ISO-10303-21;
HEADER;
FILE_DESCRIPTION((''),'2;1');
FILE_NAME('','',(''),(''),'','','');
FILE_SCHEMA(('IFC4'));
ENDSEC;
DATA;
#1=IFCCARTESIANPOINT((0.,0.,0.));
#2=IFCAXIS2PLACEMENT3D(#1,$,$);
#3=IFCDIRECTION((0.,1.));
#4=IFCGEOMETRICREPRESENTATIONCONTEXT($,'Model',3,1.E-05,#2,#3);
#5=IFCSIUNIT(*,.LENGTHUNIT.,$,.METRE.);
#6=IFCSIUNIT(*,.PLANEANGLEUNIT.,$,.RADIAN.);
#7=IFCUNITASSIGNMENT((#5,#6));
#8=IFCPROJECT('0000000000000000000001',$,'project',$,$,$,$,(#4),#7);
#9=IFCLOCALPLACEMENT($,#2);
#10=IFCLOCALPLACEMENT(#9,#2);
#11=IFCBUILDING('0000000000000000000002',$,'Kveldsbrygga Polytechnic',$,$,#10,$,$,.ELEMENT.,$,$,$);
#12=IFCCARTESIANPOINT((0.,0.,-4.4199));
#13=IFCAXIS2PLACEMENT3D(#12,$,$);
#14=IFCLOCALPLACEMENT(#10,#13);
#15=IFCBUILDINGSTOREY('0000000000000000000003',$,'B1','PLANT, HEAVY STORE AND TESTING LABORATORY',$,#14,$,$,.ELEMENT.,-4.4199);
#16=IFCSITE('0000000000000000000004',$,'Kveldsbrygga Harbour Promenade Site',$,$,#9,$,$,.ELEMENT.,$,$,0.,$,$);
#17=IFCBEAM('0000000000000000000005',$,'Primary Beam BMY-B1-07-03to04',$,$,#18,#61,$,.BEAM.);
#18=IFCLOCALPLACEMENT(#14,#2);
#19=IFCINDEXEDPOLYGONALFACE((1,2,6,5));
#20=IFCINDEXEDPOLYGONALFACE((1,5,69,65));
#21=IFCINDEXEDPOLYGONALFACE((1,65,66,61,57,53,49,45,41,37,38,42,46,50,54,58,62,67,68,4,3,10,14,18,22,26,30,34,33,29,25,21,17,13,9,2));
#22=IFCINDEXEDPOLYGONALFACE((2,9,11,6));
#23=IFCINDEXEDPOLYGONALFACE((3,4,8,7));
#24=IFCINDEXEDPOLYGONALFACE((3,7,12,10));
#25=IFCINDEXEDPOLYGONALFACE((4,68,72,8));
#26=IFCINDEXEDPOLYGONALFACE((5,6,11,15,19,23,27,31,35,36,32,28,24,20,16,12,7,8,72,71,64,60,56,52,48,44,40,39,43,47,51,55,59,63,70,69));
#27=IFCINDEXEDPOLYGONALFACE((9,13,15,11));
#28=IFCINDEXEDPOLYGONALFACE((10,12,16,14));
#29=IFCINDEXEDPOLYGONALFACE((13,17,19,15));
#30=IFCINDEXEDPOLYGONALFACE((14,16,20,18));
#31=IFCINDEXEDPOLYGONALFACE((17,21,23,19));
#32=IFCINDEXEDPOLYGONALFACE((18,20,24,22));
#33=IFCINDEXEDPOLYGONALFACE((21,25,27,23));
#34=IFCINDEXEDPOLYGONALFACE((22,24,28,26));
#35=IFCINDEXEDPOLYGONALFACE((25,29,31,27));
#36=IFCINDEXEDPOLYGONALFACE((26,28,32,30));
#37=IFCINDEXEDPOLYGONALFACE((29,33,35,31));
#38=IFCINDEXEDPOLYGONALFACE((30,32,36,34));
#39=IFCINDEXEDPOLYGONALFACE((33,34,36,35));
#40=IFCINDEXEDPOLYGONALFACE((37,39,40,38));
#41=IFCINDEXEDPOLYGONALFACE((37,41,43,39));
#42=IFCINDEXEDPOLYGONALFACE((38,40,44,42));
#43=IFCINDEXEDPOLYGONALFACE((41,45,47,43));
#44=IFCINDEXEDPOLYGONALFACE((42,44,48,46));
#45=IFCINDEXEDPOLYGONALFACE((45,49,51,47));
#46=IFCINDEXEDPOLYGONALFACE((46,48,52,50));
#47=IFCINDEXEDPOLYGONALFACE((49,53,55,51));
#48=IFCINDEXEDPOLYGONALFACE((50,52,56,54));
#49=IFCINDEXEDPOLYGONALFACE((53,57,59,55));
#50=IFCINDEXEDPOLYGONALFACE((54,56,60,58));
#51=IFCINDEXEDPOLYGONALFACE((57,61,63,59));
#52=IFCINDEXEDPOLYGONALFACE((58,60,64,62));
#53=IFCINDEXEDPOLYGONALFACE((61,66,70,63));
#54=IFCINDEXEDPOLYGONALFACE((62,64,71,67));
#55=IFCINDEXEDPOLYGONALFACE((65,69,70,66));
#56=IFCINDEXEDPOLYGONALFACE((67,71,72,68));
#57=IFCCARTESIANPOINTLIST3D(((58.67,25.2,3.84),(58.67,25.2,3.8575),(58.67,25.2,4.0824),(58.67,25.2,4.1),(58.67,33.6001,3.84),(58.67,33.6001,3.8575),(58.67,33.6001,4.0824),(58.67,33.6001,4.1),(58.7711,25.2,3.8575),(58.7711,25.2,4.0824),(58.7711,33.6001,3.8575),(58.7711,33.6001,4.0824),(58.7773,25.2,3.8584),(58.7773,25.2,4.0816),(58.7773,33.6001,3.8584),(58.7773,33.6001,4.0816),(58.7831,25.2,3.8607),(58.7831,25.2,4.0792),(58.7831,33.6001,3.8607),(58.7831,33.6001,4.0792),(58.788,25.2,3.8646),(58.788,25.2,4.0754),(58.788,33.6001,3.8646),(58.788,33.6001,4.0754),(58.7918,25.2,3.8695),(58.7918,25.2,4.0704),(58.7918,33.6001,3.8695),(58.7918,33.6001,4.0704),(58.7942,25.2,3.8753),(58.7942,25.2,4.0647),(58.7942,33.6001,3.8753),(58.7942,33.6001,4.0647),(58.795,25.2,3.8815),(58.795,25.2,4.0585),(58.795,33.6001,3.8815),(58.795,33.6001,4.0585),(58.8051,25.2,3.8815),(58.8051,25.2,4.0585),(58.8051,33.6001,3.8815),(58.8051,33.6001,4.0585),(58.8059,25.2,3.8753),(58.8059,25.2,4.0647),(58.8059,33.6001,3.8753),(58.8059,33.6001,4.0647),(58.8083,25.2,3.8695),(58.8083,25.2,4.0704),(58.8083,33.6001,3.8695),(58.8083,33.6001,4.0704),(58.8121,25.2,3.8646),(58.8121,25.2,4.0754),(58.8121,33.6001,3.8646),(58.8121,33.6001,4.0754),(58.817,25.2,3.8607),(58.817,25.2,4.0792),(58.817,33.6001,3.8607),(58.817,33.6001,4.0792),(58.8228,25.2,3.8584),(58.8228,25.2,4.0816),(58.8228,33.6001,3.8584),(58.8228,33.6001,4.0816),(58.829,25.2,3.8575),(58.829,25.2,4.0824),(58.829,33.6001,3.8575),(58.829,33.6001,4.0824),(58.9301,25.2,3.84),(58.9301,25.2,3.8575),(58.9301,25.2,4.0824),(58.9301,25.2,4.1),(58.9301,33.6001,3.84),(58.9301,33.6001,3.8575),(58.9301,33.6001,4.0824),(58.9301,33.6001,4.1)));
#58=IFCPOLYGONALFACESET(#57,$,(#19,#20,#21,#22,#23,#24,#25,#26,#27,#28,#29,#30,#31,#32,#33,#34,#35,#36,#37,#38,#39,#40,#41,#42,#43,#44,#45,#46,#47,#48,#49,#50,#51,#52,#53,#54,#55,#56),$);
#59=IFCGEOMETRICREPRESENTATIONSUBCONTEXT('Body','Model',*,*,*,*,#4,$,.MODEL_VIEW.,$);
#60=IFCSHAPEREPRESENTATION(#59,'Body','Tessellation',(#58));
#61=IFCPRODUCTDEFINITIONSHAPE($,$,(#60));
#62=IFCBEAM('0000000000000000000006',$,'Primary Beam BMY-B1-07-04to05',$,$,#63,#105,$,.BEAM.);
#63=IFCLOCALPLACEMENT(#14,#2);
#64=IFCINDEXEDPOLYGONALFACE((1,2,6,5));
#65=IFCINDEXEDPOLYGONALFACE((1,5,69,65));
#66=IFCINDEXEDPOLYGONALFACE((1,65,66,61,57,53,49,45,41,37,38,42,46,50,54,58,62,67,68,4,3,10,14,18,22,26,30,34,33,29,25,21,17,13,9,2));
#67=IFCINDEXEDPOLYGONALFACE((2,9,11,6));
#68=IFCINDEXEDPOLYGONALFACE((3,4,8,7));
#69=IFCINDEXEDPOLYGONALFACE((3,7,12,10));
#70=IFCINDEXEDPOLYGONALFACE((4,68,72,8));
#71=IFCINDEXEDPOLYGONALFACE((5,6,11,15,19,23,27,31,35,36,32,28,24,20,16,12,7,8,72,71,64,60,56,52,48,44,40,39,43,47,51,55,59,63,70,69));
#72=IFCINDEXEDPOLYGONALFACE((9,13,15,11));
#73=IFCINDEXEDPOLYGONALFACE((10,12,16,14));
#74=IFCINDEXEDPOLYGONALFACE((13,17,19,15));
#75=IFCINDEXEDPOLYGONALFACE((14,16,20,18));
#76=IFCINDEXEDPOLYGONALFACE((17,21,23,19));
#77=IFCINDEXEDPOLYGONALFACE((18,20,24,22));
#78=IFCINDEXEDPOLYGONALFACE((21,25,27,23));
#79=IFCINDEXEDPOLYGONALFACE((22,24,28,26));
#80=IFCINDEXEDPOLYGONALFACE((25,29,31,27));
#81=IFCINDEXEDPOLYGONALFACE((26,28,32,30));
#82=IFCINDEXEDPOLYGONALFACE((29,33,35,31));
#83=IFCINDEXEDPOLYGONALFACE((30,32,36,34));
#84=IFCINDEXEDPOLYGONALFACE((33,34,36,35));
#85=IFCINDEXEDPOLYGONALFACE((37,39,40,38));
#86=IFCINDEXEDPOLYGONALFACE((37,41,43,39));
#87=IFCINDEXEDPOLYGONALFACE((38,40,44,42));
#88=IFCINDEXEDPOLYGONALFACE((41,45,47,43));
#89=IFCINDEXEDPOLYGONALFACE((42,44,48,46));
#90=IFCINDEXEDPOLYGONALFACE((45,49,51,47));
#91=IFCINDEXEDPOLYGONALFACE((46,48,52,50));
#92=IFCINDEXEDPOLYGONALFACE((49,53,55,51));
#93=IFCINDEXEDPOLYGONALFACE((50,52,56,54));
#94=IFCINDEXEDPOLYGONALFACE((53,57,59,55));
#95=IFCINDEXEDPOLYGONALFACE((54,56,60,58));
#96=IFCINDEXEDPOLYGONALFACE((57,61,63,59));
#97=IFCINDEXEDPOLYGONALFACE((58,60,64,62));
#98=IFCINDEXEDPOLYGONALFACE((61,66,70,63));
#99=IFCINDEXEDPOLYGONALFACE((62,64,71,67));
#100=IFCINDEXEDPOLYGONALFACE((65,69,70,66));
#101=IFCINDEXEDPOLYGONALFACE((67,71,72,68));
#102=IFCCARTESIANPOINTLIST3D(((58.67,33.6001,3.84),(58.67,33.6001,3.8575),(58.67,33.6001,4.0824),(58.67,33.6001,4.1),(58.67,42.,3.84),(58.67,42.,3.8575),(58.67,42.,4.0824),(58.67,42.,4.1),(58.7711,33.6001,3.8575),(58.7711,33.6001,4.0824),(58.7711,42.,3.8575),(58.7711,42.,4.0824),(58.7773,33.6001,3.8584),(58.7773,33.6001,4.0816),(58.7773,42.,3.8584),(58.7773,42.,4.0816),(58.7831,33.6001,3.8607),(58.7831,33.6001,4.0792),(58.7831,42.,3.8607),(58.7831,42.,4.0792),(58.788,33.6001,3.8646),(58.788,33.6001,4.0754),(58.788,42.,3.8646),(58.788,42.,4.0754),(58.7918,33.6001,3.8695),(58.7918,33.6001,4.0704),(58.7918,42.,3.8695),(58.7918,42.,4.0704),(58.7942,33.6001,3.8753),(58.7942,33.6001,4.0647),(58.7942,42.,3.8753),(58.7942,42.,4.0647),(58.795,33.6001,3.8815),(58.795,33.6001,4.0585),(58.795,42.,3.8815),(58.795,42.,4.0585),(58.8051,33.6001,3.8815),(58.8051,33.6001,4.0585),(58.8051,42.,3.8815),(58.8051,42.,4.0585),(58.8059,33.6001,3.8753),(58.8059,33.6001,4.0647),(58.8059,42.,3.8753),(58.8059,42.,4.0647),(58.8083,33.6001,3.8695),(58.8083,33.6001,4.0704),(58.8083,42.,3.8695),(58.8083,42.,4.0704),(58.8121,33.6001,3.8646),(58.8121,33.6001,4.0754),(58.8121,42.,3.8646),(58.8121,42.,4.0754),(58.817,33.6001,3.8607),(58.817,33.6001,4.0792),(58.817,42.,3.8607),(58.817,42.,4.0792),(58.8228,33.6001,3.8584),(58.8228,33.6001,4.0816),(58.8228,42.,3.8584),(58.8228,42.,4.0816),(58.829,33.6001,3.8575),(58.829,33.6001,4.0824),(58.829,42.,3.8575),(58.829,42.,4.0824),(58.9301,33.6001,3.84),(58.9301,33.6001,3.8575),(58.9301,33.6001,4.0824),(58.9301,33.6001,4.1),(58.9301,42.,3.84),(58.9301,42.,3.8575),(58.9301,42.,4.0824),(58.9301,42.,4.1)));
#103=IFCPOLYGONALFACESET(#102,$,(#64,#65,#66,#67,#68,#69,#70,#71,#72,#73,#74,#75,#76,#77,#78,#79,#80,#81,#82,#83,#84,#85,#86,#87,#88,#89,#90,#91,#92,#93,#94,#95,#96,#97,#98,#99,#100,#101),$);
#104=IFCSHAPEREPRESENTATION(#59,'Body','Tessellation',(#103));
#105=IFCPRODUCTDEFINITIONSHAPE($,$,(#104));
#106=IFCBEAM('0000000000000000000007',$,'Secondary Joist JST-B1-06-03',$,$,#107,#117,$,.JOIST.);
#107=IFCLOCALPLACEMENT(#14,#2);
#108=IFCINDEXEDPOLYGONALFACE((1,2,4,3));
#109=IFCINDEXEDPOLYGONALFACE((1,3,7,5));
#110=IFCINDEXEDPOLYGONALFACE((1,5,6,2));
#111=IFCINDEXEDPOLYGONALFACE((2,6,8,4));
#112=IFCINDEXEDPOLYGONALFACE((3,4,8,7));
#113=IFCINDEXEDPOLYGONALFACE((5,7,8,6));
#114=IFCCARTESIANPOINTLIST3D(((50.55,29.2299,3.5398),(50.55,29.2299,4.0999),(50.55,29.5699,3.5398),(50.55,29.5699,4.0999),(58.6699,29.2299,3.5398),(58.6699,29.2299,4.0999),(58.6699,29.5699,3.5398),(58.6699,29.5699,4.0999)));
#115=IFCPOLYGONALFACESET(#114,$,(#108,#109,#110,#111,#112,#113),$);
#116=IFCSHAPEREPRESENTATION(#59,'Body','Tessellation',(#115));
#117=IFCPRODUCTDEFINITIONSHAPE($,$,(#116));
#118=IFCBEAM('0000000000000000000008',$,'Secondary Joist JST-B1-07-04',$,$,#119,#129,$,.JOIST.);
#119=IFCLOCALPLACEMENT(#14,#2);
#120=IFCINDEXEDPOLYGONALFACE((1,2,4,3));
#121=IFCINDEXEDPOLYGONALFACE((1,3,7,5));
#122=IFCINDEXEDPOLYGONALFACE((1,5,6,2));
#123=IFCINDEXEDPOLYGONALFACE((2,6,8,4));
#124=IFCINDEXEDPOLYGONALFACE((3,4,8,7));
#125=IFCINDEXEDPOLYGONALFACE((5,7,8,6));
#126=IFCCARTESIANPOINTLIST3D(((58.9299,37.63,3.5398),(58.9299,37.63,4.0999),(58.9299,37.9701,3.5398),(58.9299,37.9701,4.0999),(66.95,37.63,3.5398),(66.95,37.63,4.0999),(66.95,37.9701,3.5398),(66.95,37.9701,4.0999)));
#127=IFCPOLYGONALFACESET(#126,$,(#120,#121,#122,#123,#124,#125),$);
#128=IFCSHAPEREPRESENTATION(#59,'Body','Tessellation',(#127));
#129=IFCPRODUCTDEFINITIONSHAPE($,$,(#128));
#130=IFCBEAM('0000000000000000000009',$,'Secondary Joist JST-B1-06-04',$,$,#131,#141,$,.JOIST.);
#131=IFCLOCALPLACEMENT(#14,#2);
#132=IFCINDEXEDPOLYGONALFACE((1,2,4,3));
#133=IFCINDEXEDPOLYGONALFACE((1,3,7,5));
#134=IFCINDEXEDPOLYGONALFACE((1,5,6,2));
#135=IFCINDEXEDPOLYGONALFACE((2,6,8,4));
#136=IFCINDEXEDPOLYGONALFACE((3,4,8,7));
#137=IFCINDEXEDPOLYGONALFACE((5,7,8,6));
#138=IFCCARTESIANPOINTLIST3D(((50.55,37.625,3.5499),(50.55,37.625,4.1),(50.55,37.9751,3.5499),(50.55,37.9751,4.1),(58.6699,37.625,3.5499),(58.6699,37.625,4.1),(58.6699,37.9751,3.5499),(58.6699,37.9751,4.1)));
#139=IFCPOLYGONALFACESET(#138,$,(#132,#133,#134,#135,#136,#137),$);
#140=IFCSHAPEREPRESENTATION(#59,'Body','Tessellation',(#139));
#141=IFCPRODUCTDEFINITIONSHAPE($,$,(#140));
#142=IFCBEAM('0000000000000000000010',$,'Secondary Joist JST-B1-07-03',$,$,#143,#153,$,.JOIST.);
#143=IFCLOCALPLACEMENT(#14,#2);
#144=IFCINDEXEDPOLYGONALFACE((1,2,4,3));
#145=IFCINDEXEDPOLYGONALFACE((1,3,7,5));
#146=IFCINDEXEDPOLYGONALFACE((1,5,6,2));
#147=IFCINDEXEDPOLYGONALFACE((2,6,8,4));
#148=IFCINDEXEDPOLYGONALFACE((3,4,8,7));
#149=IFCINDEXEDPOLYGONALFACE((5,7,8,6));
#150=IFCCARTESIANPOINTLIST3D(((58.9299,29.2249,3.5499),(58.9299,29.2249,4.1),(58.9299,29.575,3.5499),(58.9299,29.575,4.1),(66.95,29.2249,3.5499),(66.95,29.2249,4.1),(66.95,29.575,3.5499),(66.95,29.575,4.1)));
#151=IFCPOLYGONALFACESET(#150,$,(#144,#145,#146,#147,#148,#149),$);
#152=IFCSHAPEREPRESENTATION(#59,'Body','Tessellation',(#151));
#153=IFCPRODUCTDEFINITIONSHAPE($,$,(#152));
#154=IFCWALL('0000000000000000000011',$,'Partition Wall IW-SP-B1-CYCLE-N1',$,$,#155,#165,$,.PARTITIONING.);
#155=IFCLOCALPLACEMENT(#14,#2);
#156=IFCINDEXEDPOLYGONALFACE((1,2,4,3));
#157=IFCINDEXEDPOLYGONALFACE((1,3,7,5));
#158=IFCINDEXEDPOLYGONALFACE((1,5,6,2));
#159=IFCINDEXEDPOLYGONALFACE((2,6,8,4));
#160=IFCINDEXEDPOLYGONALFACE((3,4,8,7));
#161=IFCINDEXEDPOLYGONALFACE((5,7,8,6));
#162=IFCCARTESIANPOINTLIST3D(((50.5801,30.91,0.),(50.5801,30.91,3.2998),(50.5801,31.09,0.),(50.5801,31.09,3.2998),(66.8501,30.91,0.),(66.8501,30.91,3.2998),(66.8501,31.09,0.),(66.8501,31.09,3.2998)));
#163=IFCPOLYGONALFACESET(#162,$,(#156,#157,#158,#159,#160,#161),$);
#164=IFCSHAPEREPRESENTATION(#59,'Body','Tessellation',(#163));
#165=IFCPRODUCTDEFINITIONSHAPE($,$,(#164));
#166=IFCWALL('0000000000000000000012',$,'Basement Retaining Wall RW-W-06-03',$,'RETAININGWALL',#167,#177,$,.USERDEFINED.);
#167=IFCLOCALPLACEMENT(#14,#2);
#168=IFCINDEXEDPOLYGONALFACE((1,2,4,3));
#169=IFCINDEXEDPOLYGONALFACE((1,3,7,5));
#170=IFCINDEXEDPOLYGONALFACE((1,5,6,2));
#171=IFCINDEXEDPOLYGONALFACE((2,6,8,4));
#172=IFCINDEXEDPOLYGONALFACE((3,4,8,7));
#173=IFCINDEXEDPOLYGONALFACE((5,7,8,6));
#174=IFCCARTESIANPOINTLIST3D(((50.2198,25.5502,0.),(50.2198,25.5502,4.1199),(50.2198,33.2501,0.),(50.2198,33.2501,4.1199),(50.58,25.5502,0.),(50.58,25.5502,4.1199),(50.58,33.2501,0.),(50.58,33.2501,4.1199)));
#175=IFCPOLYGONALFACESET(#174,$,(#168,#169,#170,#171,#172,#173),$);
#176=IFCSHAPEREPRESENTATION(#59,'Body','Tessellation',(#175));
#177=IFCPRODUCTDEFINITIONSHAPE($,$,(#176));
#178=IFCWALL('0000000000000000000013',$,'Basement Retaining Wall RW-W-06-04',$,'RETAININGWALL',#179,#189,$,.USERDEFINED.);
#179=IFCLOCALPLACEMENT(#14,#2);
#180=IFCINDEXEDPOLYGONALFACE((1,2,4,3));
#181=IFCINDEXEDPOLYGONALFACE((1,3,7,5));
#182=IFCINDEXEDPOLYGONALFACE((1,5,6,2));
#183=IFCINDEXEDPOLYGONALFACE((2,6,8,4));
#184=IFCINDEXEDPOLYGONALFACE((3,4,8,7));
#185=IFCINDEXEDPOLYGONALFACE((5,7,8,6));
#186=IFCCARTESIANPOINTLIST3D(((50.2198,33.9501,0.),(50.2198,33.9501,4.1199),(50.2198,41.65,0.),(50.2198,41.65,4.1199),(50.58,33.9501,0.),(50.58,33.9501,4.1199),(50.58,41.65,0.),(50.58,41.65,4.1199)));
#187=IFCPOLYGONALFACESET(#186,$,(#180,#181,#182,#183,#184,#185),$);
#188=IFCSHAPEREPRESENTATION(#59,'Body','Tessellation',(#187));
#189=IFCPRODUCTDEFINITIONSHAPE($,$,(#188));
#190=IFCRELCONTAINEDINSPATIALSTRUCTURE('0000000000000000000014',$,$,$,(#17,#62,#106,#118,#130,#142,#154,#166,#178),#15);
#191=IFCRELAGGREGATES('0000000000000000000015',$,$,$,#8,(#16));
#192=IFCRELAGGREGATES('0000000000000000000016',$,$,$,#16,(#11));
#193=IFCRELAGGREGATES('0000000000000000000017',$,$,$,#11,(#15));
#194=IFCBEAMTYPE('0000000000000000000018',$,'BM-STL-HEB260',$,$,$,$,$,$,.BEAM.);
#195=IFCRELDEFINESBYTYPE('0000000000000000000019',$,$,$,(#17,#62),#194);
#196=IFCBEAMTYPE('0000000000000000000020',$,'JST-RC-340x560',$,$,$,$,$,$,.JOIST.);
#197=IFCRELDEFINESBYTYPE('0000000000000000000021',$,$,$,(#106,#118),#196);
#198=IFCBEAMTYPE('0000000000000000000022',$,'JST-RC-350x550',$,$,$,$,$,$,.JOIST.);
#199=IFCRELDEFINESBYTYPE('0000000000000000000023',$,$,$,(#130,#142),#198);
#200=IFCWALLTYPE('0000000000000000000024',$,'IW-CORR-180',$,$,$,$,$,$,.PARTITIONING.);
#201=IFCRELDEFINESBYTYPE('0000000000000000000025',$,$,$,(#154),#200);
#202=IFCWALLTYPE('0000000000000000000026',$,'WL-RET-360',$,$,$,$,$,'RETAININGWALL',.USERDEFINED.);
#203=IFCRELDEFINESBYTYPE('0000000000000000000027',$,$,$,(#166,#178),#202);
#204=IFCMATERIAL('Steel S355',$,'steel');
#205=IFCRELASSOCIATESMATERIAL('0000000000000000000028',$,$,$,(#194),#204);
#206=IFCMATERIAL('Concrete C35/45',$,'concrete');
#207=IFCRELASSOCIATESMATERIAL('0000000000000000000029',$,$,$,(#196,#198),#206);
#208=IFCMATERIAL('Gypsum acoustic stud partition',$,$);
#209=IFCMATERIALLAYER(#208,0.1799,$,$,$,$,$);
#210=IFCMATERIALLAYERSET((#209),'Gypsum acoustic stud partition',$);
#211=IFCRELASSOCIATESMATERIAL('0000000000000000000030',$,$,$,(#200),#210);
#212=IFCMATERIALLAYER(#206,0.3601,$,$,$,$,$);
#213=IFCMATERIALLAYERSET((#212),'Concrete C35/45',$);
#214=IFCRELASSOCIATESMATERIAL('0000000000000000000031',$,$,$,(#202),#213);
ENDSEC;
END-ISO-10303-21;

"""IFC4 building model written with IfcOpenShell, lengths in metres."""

from ifc_helpers import new_model, si_unit, direction, frame, frame_2d, origin, origin_2d, place, context, subcontext, project, spatial, rectangle, i_section, extrude, material, layer, layer_set, material_profile, profile_set, type_object, element, save


model = new_model("IFC4")

# Units and contexts
model_context = context("Model", 3, precision=1e-05, world=origin(), true_north=direction((0.0, 1.0)))
body_context = subcontext(model_context, "Body", "Model", "MODEL_VIEW")
ifc_project = project(units=[si_unit("LENGTHUNIT", "METRE"), si_unit("PLANEANGLEUNIT", "RADIAN")], contexts=[model_context])

# Site, building, storey
site_placement = place(None, origin())
site = spatial("IfcSite", under=ifc_project, at=site_placement, Name="Kveldsbrygga Harbour Promenade Site", CompositionType="ELEMENT", RefElevation=0.0)
building_placement = place(site_placement, origin())
building = spatial("IfcBuilding", under=site, at=building_placement, Name="Kveldsbrygga Polytechnic", CompositionType="ELEMENT")
storey_placement = place(building_placement, frame((0.0, 0.0, -4.4199)))
storey = spatial("IfcBuildingStorey", under=building, at=storey_placement, Name="B1", Description="PLANT, HEAVY STORE AND TESTING LABORATORY", CompositionType="ELEMENT", Elevation=-4.4199)

# Shared definitions
ifc_material_1 = material(Name="Concrete C35/45", Category="concrete")

# Beams
ifc_material_2 = material(Name="Steel S355", Category="steel")
ifc_material_profile_1 = material_profile(ifc_material_2, i_section(OverallWidth=0.26, OverallDepth=0.26, WebThickness=0.01, FlangeThickness=0.0176, FilletRadius=0.0239, at=origin_2d()), Name="HEB 260")
ifc_profile_set_1 = profile_set([ifc_material_profile_1], Name="Steel S355")
beam_type_1 = type_object("IfcBeamType", Name="BM-STL-HEB260", PredefinedType="BEAM", material=ifc_profile_set_1)
beam_1_placement = place(storey_placement, frame((58.8, 25.2, 3.97), z_axis=(0.0, 1.0, 0.0), x_axis=(-1.0, 0.0, 0.0)))
element("IfcBeam", 1, at=beam_1_placement, inside=storey, type_object=beam_type_1, Name="Primary Beam BMY-B1-07-03to04", PredefinedType="BEAM", context=body_context, shape_type="SweptSolid", body=[
    extrude(i_section(OverallWidth=0.26, OverallDepth=0.26, WebThickness=0.01, FlangeThickness=0.0176, FilletRadius=0.0239, at=origin_2d()), origin(), (0.0, 0.0, 1.0), 8.4001),
])
beam_2_placement = place(storey_placement, frame((58.8, 33.6001, 3.97), z_axis=(0.0, 1.0, 0.0), x_axis=(-1.0, 0.0, 0.0)))
element("IfcBeam", 2, at=beam_2_placement, inside=storey, type_object=beam_type_1, Name="Primary Beam BMY-B1-07-04to05", PredefinedType="BEAM", context=body_context, shape_type="SweptSolid", body=[
    extrude(i_section(OverallWidth=0.26, OverallDepth=0.26, WebThickness=0.01, FlangeThickness=0.0176, FilletRadius=0.0239, at=origin_2d()), origin(), (0.0, 0.0, 1.0), 8.3999),
])
ifc_material_profile_2 = material_profile(ifc_material_1, rectangle(XDim=0.3401, YDim=0.5601, at=origin_2d()), Name="RC 340x560")
ifc_profile_set_2 = profile_set([ifc_material_profile_2], Name="Concrete C35/45")
beam_type_2 = type_object("IfcBeamType", Name="JST-RC-340x560", PredefinedType="JOIST", material=ifc_profile_set_2)
beam_3_placement = place(storey_placement, frame((50.55, 29.3999, 3.8198), z_axis=(1.0, 0.0, 0.0), x_axis=(0.0, 1.0, 0.0)))
element("IfcBeam", 3, at=beam_3_placement, inside=storey, type_object=beam_type_2, Name="Secondary Joist JST-B1-06-03", PredefinedType="JOIST", context=body_context, shape_type="SweptSolid", body=[
    extrude(rectangle(XDim=0.3401, YDim=0.5601, at=origin_2d()), origin(), (0.0, 0.0, 1.0), 8.1199),
])
beam_4_placement = place(storey_placement, frame((58.9299, 37.8, 3.8198), z_axis=(1.0, 0.0, 0.0), x_axis=(0.0, 1.0, 0.0)))
element("IfcBeam", 4, at=beam_4_placement, inside=storey, type_object=beam_type_2, Name="Secondary Joist JST-B1-07-04", PredefinedType="JOIST", context=body_context, shape_type="SweptSolid", body=[
    extrude(rectangle(XDim=0.3401, YDim=0.5601, at=origin_2d()), origin(), (0.0, 0.0, 1.0), 8.02),
])
ifc_material_profile_3 = material_profile(ifc_material_1, rectangle(XDim=0.3501, YDim=0.55, at=origin_2d()), Name="RC 350x550")
ifc_profile_set_3 = profile_set([ifc_material_profile_3], Name="Concrete C35/45")
beam_type_3 = type_object("IfcBeamType", Name="JST-RC-350x550", PredefinedType="JOIST", material=ifc_profile_set_3)
beam_5_placement = place(storey_placement, frame((50.55, 37.8, 3.825), z_axis=(1.0, 0.0, 0.0), x_axis=(0.0, 1.0, 0.0)))
element("IfcBeam", 5, at=beam_5_placement, inside=storey, type_object=beam_type_3, Name="Secondary Joist JST-B1-06-04", PredefinedType="JOIST", context=body_context, shape_type="SweptSolid", body=[
    extrude(rectangle(XDim=0.3501, YDim=0.55, at=origin_2d()), origin(), (0.0, 0.0, 1.0), 8.1199),
])
beam_6_placement = place(storey_placement, frame((58.9299, 29.3999, 3.825), z_axis=(1.0, 0.0, 0.0), x_axis=(0.0, 1.0, 0.0)))
element("IfcBeam", 6, at=beam_6_placement, inside=storey, type_object=beam_type_3, Name="Secondary Joist JST-B1-07-03", PredefinedType="JOIST", context=body_context, shape_type="SweptSolid", body=[
    extrude(rectangle(XDim=0.3501, YDim=0.55, at=origin_2d()), origin(), (0.0, 0.0, 1.0), 8.02),
])

# Walls
ifc_material_3 = material(Name="Gypsum acoustic stud partition")
ifc_layer_1 = layer(ifc_material_3, 0.1799)
ifc_layer_set_1 = layer_set([ifc_layer_1], Name="Gypsum acoustic stud partition")
wall_type_1 = type_object("IfcWallType", Name="IW-CORR-180", PredefinedType="PARTITIONING", material=ifc_layer_set_1)
wall_placement = place(storey_placement, frame((50.5801, 31.0, 0.0), z_axis=(0.0, 0.0, 1.0), x_axis=(1.0, 0.0, 0.0)))
element("IfcWall", 7, at=wall_placement, inside=storey, type_object=wall_type_1, Name="Partition Wall IW-SP-B1-CYCLE-N1", PredefinedType="PARTITIONING", context=body_context, shape_type="SweptSolid", body=[
    extrude(rectangle(XDim=16.27, YDim=0.1799, at=frame_2d((8.135, 0.0))), origin(), (0.0, 0.0, 1.0), 3.2998),
])
ifc_layer_2 = layer(ifc_material_1, 0.3601)
ifc_layer_set_2 = layer_set([ifc_layer_2], Name="Concrete C35/45")
wall_type_2 = type_object("IfcWallType", Name="WL-RET-360", ElementType="RETAININGWALL", PredefinedType="USERDEFINED", material=ifc_layer_set_2)
for number, where, z_axis, x_axis, name in (
    (8, (50.3999, 25.55, 0.0), (0.0, 0.0, 1.0), (0.0, 1.0, 0.0), "Basement Retaining Wall RW-W-06-03"),
    (9, (50.3999, 33.95, 0.0), (0.0, 0.0, 1.0), (0.0, 1.0, 0.0), "Basement Retaining Wall RW-W-06-04"),
):
    element("IfcWall", number, at=place(storey_placement, frame(where, z_axis=z_axis, x_axis=x_axis)), inside=storey, type_object=wall_type_2, Name=name, ObjectType="RETAININGWALL", PredefinedType="USERDEFINED", context=body_context, shape_type="SweptSolid", body=[
        extrude(rectangle(XDim=7.7, YDim=0.3601, at=frame_2d((3.8501, 0.0))), origin(), (0.0, 0.0, 1.0), 4.1199),
    ])

save(model, "model.ifc")
